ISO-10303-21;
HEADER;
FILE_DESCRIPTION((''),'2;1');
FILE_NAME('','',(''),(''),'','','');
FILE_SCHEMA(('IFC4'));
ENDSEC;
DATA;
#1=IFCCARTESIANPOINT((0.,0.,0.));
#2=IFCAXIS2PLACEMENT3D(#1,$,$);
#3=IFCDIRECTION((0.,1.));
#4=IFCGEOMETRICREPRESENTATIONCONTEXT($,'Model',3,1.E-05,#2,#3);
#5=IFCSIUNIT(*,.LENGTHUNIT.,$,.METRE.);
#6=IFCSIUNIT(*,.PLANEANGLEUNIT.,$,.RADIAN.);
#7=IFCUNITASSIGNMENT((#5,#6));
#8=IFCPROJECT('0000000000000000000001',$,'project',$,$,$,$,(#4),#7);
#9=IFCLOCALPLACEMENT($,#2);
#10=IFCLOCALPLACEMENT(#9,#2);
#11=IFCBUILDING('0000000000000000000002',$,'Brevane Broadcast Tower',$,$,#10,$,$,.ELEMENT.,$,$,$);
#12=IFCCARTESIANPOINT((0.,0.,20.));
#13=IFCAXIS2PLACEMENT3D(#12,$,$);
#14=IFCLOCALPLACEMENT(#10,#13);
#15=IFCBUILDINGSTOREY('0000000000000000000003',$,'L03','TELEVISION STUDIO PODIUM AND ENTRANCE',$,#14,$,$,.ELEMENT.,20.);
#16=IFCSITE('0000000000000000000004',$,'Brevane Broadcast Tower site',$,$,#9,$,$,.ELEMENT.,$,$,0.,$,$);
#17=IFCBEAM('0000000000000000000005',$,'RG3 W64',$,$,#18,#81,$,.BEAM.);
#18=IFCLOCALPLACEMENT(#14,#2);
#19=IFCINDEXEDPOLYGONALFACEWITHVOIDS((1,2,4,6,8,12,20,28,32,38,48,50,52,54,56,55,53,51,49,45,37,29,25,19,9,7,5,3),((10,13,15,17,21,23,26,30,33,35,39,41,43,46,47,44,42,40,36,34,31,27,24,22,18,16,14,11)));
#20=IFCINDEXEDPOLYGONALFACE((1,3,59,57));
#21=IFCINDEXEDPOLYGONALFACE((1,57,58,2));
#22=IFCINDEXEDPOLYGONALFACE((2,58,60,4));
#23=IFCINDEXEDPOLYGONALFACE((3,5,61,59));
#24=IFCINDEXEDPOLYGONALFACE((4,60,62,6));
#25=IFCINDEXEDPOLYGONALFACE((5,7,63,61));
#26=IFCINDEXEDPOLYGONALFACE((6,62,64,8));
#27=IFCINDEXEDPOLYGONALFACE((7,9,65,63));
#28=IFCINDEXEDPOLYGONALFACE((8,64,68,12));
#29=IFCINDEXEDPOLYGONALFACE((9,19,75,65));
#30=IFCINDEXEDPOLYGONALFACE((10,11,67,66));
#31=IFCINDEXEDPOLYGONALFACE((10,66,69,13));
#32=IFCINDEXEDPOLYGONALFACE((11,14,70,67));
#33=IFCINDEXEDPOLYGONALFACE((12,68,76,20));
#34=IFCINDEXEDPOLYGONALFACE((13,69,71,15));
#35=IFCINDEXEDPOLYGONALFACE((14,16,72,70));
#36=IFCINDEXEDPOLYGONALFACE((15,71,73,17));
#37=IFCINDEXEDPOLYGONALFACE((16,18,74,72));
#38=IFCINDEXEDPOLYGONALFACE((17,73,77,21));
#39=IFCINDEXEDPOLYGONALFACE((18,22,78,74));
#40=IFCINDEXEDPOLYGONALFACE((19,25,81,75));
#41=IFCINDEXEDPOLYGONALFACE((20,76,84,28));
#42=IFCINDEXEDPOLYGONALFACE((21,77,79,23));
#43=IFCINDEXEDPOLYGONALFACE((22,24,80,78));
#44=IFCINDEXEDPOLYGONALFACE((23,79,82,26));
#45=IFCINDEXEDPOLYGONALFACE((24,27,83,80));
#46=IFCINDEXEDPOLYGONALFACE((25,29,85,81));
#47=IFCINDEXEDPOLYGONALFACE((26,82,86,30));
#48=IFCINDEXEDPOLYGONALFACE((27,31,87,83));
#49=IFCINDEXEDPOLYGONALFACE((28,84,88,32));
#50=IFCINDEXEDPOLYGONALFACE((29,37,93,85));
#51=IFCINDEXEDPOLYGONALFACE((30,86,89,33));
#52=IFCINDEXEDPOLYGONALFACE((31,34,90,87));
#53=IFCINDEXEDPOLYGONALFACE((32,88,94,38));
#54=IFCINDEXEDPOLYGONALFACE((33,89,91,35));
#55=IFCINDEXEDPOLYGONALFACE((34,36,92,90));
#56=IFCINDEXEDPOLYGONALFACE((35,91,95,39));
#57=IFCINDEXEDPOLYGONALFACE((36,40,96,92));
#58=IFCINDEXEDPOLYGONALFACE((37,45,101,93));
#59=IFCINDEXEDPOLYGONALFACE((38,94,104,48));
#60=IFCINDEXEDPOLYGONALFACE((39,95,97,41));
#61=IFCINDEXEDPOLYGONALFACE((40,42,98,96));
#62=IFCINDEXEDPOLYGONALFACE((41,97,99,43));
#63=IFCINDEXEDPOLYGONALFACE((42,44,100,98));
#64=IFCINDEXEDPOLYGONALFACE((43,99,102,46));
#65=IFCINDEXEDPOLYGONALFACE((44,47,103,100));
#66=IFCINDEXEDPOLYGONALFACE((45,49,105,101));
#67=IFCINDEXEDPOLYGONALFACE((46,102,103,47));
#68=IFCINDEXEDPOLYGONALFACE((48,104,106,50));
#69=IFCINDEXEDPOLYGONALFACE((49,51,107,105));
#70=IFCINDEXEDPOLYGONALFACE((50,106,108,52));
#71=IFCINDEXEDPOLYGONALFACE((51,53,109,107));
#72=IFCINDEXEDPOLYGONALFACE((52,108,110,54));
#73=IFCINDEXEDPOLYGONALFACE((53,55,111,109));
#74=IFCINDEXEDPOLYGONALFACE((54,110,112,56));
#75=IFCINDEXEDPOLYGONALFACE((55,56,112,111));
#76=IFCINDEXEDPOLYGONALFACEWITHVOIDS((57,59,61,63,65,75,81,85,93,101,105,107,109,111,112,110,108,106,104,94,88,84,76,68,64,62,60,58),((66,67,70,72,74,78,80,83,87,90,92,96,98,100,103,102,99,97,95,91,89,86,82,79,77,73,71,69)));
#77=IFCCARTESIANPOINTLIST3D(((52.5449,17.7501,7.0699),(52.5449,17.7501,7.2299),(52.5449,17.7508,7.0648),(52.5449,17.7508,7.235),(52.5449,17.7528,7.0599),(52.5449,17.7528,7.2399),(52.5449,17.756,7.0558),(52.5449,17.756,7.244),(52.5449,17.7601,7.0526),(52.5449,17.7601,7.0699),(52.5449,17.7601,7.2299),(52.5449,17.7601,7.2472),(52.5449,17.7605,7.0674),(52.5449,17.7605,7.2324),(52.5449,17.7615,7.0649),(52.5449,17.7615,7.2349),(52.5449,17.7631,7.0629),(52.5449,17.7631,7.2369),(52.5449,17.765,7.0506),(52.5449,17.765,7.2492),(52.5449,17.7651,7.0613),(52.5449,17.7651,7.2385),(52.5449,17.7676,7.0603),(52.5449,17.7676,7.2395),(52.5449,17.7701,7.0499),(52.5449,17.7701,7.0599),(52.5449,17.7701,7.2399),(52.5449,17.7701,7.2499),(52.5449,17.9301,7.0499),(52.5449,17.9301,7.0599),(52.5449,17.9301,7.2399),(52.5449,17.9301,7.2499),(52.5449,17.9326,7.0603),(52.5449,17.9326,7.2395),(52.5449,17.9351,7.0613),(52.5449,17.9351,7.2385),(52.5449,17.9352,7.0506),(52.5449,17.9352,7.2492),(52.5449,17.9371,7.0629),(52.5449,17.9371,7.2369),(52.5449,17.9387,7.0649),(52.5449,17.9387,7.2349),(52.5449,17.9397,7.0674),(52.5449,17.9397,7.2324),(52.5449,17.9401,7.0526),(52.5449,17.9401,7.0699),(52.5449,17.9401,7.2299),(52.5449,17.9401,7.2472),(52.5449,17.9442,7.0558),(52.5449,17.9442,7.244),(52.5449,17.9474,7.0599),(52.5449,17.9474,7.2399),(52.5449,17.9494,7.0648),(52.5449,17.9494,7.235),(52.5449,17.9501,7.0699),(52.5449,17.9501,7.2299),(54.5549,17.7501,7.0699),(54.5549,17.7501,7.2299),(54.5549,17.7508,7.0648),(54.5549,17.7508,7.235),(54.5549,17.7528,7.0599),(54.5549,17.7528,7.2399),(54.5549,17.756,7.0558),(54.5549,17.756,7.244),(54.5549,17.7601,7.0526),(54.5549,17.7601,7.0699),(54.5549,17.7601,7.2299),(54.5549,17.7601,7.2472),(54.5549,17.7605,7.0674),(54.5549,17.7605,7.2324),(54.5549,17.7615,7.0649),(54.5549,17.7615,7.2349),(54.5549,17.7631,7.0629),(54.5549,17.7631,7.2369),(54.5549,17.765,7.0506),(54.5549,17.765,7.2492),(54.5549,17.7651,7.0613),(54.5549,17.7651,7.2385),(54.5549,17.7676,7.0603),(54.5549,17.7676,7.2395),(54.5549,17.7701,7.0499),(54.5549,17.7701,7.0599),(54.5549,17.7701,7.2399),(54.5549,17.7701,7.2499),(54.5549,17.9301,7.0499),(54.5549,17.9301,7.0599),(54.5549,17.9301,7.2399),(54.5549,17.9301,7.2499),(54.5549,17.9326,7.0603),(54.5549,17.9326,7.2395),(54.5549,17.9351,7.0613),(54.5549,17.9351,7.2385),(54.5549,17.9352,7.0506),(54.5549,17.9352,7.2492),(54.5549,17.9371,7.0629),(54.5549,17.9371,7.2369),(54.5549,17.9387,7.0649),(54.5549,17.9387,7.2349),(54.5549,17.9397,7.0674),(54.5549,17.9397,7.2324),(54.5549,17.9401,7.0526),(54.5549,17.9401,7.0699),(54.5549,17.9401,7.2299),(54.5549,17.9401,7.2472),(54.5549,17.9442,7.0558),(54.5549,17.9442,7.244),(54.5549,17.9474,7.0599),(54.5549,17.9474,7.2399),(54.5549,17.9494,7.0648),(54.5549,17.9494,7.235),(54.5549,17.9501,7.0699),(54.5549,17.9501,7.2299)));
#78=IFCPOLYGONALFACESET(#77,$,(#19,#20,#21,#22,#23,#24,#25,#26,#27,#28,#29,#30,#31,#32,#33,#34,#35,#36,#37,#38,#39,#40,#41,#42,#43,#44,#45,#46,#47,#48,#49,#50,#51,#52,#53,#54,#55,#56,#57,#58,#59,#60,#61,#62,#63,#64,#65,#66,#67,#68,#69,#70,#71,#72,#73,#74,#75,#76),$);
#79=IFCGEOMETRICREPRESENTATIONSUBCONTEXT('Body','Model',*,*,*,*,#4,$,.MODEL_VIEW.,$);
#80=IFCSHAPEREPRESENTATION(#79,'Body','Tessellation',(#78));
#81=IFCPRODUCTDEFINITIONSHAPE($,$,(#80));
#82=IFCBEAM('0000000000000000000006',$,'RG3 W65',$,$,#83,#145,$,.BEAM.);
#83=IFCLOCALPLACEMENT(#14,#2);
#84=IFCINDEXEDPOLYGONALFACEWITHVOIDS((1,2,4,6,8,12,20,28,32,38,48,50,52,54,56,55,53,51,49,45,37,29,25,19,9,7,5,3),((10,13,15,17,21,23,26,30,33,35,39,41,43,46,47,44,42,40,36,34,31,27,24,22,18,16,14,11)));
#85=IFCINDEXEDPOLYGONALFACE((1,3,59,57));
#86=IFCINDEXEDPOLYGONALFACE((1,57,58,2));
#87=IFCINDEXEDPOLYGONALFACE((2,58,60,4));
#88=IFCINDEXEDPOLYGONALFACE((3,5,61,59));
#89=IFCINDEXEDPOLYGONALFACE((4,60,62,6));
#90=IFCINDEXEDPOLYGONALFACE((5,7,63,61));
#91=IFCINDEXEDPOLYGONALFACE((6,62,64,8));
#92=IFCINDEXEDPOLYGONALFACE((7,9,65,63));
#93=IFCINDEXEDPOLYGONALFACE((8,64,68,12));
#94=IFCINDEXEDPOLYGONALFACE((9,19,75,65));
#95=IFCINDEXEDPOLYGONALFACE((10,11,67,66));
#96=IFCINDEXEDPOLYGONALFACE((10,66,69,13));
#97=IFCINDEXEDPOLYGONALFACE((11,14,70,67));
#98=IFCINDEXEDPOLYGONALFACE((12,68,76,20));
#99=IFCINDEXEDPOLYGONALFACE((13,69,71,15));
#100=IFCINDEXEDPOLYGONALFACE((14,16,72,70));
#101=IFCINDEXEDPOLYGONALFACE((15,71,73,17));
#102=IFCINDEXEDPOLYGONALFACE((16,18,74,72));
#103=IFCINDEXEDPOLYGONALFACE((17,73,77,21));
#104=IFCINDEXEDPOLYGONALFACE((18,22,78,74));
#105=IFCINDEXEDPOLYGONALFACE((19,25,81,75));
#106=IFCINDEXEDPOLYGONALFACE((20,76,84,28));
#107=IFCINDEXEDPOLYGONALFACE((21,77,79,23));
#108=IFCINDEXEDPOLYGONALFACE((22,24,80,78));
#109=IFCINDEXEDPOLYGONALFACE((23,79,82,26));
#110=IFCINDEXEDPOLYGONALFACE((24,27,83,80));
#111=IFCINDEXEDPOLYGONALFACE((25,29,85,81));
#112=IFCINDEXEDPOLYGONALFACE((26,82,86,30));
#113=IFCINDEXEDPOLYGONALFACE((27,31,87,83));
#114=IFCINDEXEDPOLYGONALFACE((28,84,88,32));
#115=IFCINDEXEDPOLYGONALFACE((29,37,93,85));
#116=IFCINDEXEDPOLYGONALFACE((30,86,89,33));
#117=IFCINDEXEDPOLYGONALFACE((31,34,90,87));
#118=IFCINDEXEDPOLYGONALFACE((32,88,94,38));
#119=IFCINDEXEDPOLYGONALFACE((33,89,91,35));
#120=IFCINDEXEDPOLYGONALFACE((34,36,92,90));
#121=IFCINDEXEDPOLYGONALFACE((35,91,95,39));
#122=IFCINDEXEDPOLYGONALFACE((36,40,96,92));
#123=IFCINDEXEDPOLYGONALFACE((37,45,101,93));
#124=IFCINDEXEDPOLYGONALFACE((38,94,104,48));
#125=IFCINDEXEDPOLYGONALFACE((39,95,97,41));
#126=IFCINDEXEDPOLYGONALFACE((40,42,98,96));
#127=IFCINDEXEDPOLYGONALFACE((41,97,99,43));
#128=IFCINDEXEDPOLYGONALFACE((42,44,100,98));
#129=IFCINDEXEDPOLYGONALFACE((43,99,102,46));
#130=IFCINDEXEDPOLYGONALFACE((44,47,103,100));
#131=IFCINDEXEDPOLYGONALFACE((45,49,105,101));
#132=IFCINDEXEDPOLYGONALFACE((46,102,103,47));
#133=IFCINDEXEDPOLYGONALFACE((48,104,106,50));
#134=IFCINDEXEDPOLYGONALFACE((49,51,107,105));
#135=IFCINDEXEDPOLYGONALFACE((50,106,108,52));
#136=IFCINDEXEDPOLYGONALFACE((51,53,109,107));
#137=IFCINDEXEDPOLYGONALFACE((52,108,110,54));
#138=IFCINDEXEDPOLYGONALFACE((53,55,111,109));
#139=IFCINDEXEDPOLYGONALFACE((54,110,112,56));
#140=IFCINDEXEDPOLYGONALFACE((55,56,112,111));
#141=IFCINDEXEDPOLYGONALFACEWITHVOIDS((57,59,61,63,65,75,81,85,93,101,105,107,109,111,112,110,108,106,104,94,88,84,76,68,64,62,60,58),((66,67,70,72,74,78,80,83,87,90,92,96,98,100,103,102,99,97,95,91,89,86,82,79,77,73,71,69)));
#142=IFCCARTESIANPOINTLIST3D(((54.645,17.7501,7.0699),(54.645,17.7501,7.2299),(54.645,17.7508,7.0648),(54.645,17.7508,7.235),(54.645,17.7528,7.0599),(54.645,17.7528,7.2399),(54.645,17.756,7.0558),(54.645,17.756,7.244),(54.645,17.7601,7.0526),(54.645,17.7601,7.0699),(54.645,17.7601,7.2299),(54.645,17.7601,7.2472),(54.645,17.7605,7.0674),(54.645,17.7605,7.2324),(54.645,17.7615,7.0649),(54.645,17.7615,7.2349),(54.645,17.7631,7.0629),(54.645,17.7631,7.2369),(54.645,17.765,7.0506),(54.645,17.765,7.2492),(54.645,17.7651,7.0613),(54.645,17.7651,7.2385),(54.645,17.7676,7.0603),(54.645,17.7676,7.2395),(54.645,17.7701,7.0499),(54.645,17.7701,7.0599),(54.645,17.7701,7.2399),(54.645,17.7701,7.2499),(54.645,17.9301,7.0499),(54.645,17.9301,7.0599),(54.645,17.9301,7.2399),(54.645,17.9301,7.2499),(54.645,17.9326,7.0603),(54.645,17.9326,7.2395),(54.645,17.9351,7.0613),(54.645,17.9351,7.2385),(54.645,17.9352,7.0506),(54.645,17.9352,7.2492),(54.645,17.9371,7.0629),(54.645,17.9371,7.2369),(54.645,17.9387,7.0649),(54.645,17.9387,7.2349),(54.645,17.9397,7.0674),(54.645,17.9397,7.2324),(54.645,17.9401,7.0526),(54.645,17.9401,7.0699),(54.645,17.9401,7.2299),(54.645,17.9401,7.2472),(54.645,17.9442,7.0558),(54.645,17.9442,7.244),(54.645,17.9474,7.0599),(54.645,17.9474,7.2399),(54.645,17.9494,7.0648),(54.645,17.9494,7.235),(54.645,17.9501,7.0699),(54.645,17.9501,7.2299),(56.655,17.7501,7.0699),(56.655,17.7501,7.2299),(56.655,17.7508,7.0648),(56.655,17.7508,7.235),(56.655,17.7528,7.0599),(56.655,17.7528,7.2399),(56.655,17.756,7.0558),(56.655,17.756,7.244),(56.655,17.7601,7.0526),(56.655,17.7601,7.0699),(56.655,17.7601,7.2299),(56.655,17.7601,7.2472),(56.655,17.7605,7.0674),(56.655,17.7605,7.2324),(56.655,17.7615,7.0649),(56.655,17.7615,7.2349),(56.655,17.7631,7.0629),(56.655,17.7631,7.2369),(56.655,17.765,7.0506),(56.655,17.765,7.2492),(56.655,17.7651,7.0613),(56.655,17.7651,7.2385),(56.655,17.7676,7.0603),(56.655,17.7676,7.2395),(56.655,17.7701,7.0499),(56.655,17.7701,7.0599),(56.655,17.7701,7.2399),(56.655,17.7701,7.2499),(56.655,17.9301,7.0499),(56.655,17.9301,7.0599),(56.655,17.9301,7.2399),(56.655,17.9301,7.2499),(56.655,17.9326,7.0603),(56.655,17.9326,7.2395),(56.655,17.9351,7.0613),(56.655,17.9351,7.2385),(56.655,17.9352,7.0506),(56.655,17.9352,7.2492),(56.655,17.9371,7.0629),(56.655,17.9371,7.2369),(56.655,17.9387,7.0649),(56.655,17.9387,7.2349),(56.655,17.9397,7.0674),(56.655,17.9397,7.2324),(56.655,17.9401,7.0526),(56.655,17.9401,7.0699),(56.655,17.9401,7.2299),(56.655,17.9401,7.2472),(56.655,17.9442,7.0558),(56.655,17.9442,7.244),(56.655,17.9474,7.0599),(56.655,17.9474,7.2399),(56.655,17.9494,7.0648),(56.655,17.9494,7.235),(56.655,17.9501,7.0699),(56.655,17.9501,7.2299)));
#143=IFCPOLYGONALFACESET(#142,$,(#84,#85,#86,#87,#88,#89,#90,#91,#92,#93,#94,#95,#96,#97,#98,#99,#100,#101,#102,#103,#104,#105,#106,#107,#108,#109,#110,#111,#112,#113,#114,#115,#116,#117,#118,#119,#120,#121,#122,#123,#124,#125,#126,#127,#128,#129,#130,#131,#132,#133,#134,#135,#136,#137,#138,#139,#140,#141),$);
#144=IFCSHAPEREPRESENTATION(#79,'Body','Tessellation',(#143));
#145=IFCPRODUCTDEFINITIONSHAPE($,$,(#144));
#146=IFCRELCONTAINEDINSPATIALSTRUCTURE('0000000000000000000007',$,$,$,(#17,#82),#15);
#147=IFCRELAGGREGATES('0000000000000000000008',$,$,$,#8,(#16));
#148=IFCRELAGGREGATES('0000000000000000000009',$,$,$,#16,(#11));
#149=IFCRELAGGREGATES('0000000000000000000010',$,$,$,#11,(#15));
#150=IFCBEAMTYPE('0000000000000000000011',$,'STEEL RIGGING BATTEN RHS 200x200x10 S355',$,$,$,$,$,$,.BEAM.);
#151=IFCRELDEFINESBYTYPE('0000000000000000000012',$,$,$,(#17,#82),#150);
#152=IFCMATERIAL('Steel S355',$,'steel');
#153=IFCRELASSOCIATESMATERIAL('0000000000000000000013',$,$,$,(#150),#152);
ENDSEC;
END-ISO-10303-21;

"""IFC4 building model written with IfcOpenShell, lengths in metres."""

from ifc_helpers import new_model, si_unit, direction, frame, origin, origin_2d, place, context, subcontext, project, spatial, hollow_rectangle, extrude, material, material_profile, profile_set, type_object, element, save


model = new_model("IFC4")

# Units and contexts
model_context = context("Model", 3, precision=1e-05, world=origin(), true_north=direction((0.0, 1.0)))
body_context = subcontext(model_context, "Body", "Model", "MODEL_VIEW")
ifc_project = project(units=[si_unit("LENGTHUNIT", "METRE"), si_unit("PLANEANGLEUNIT", "RADIAN")], contexts=[model_context])

# Site, building, storey
site_placement = place(None, origin())
site = spatial("IfcSite", under=ifc_project, at=site_placement, Name="Brevane Broadcast Tower site", CompositionType="ELEMENT", RefElevation=0.0)
building_placement = place(site_placement, origin())
building = spatial("IfcBuilding", under=site, at=building_placement, Name="Brevane Broadcast Tower", CompositionType="ELEMENT")
storey_placement = place(building_placement, frame((0.0, 0.0, 20.0)))
storey = spatial("IfcBuildingStorey", under=building, at=storey_placement, Name="L03", Description="TELEVISION STUDIO PODIUM AND ENTRANCE", CompositionType="ELEMENT", Elevation=20.0)

# Beams
ifc_material_1 = material(Name="Steel S355", Category="steel")
ifc_material_profile_1 = material_profile(ifc_material_1, hollow_rectangle(XDim=0.2, YDim=0.2, WallThickness=0.01, InnerFilletRadius=0.01, OuterFilletRadius=0.02, at=origin_2d()), Name="RHS 200x200x10")
ifc_profile_set_1 = profile_set([ifc_material_profile_1], Name="Steel S355")
beam_type_1 = type_object("IfcBeamType", Name="STEEL RIGGING BATTEN RHS 200x200x10 S355", PredefinedType="BEAM", material=ifc_profile_set_1)
for number, where, z_axis, x_axis, name in (
    (1, (52.5449, 17.8501, 7.1499), (1.0, 0.0, 0.0), (0.0, 1.0, 0.0), "RG3 W64"),
    (2, (54.645, 17.8501, 7.1499), (1.0, 0.0, 0.0), (0.0, 1.0, 0.0), "RG3 W65"),
):
    element("IfcBeam", number, at=place(storey_placement, frame(where, z_axis=z_axis, x_axis=x_axis)), inside=storey, type_object=beam_type_1, Name=name, PredefinedType="BEAM", context=body_context, shape_type="SweptSolid", body=[
        extrude(hollow_rectangle(XDim=0.2, YDim=0.2, WallThickness=0.01, InnerFilletRadius=0.01, OuterFilletRadius=0.02, at=origin_2d()), origin(), (0.0, 0.0, 1.0), 2.01),
    ])

save(model, "model.ifc")
